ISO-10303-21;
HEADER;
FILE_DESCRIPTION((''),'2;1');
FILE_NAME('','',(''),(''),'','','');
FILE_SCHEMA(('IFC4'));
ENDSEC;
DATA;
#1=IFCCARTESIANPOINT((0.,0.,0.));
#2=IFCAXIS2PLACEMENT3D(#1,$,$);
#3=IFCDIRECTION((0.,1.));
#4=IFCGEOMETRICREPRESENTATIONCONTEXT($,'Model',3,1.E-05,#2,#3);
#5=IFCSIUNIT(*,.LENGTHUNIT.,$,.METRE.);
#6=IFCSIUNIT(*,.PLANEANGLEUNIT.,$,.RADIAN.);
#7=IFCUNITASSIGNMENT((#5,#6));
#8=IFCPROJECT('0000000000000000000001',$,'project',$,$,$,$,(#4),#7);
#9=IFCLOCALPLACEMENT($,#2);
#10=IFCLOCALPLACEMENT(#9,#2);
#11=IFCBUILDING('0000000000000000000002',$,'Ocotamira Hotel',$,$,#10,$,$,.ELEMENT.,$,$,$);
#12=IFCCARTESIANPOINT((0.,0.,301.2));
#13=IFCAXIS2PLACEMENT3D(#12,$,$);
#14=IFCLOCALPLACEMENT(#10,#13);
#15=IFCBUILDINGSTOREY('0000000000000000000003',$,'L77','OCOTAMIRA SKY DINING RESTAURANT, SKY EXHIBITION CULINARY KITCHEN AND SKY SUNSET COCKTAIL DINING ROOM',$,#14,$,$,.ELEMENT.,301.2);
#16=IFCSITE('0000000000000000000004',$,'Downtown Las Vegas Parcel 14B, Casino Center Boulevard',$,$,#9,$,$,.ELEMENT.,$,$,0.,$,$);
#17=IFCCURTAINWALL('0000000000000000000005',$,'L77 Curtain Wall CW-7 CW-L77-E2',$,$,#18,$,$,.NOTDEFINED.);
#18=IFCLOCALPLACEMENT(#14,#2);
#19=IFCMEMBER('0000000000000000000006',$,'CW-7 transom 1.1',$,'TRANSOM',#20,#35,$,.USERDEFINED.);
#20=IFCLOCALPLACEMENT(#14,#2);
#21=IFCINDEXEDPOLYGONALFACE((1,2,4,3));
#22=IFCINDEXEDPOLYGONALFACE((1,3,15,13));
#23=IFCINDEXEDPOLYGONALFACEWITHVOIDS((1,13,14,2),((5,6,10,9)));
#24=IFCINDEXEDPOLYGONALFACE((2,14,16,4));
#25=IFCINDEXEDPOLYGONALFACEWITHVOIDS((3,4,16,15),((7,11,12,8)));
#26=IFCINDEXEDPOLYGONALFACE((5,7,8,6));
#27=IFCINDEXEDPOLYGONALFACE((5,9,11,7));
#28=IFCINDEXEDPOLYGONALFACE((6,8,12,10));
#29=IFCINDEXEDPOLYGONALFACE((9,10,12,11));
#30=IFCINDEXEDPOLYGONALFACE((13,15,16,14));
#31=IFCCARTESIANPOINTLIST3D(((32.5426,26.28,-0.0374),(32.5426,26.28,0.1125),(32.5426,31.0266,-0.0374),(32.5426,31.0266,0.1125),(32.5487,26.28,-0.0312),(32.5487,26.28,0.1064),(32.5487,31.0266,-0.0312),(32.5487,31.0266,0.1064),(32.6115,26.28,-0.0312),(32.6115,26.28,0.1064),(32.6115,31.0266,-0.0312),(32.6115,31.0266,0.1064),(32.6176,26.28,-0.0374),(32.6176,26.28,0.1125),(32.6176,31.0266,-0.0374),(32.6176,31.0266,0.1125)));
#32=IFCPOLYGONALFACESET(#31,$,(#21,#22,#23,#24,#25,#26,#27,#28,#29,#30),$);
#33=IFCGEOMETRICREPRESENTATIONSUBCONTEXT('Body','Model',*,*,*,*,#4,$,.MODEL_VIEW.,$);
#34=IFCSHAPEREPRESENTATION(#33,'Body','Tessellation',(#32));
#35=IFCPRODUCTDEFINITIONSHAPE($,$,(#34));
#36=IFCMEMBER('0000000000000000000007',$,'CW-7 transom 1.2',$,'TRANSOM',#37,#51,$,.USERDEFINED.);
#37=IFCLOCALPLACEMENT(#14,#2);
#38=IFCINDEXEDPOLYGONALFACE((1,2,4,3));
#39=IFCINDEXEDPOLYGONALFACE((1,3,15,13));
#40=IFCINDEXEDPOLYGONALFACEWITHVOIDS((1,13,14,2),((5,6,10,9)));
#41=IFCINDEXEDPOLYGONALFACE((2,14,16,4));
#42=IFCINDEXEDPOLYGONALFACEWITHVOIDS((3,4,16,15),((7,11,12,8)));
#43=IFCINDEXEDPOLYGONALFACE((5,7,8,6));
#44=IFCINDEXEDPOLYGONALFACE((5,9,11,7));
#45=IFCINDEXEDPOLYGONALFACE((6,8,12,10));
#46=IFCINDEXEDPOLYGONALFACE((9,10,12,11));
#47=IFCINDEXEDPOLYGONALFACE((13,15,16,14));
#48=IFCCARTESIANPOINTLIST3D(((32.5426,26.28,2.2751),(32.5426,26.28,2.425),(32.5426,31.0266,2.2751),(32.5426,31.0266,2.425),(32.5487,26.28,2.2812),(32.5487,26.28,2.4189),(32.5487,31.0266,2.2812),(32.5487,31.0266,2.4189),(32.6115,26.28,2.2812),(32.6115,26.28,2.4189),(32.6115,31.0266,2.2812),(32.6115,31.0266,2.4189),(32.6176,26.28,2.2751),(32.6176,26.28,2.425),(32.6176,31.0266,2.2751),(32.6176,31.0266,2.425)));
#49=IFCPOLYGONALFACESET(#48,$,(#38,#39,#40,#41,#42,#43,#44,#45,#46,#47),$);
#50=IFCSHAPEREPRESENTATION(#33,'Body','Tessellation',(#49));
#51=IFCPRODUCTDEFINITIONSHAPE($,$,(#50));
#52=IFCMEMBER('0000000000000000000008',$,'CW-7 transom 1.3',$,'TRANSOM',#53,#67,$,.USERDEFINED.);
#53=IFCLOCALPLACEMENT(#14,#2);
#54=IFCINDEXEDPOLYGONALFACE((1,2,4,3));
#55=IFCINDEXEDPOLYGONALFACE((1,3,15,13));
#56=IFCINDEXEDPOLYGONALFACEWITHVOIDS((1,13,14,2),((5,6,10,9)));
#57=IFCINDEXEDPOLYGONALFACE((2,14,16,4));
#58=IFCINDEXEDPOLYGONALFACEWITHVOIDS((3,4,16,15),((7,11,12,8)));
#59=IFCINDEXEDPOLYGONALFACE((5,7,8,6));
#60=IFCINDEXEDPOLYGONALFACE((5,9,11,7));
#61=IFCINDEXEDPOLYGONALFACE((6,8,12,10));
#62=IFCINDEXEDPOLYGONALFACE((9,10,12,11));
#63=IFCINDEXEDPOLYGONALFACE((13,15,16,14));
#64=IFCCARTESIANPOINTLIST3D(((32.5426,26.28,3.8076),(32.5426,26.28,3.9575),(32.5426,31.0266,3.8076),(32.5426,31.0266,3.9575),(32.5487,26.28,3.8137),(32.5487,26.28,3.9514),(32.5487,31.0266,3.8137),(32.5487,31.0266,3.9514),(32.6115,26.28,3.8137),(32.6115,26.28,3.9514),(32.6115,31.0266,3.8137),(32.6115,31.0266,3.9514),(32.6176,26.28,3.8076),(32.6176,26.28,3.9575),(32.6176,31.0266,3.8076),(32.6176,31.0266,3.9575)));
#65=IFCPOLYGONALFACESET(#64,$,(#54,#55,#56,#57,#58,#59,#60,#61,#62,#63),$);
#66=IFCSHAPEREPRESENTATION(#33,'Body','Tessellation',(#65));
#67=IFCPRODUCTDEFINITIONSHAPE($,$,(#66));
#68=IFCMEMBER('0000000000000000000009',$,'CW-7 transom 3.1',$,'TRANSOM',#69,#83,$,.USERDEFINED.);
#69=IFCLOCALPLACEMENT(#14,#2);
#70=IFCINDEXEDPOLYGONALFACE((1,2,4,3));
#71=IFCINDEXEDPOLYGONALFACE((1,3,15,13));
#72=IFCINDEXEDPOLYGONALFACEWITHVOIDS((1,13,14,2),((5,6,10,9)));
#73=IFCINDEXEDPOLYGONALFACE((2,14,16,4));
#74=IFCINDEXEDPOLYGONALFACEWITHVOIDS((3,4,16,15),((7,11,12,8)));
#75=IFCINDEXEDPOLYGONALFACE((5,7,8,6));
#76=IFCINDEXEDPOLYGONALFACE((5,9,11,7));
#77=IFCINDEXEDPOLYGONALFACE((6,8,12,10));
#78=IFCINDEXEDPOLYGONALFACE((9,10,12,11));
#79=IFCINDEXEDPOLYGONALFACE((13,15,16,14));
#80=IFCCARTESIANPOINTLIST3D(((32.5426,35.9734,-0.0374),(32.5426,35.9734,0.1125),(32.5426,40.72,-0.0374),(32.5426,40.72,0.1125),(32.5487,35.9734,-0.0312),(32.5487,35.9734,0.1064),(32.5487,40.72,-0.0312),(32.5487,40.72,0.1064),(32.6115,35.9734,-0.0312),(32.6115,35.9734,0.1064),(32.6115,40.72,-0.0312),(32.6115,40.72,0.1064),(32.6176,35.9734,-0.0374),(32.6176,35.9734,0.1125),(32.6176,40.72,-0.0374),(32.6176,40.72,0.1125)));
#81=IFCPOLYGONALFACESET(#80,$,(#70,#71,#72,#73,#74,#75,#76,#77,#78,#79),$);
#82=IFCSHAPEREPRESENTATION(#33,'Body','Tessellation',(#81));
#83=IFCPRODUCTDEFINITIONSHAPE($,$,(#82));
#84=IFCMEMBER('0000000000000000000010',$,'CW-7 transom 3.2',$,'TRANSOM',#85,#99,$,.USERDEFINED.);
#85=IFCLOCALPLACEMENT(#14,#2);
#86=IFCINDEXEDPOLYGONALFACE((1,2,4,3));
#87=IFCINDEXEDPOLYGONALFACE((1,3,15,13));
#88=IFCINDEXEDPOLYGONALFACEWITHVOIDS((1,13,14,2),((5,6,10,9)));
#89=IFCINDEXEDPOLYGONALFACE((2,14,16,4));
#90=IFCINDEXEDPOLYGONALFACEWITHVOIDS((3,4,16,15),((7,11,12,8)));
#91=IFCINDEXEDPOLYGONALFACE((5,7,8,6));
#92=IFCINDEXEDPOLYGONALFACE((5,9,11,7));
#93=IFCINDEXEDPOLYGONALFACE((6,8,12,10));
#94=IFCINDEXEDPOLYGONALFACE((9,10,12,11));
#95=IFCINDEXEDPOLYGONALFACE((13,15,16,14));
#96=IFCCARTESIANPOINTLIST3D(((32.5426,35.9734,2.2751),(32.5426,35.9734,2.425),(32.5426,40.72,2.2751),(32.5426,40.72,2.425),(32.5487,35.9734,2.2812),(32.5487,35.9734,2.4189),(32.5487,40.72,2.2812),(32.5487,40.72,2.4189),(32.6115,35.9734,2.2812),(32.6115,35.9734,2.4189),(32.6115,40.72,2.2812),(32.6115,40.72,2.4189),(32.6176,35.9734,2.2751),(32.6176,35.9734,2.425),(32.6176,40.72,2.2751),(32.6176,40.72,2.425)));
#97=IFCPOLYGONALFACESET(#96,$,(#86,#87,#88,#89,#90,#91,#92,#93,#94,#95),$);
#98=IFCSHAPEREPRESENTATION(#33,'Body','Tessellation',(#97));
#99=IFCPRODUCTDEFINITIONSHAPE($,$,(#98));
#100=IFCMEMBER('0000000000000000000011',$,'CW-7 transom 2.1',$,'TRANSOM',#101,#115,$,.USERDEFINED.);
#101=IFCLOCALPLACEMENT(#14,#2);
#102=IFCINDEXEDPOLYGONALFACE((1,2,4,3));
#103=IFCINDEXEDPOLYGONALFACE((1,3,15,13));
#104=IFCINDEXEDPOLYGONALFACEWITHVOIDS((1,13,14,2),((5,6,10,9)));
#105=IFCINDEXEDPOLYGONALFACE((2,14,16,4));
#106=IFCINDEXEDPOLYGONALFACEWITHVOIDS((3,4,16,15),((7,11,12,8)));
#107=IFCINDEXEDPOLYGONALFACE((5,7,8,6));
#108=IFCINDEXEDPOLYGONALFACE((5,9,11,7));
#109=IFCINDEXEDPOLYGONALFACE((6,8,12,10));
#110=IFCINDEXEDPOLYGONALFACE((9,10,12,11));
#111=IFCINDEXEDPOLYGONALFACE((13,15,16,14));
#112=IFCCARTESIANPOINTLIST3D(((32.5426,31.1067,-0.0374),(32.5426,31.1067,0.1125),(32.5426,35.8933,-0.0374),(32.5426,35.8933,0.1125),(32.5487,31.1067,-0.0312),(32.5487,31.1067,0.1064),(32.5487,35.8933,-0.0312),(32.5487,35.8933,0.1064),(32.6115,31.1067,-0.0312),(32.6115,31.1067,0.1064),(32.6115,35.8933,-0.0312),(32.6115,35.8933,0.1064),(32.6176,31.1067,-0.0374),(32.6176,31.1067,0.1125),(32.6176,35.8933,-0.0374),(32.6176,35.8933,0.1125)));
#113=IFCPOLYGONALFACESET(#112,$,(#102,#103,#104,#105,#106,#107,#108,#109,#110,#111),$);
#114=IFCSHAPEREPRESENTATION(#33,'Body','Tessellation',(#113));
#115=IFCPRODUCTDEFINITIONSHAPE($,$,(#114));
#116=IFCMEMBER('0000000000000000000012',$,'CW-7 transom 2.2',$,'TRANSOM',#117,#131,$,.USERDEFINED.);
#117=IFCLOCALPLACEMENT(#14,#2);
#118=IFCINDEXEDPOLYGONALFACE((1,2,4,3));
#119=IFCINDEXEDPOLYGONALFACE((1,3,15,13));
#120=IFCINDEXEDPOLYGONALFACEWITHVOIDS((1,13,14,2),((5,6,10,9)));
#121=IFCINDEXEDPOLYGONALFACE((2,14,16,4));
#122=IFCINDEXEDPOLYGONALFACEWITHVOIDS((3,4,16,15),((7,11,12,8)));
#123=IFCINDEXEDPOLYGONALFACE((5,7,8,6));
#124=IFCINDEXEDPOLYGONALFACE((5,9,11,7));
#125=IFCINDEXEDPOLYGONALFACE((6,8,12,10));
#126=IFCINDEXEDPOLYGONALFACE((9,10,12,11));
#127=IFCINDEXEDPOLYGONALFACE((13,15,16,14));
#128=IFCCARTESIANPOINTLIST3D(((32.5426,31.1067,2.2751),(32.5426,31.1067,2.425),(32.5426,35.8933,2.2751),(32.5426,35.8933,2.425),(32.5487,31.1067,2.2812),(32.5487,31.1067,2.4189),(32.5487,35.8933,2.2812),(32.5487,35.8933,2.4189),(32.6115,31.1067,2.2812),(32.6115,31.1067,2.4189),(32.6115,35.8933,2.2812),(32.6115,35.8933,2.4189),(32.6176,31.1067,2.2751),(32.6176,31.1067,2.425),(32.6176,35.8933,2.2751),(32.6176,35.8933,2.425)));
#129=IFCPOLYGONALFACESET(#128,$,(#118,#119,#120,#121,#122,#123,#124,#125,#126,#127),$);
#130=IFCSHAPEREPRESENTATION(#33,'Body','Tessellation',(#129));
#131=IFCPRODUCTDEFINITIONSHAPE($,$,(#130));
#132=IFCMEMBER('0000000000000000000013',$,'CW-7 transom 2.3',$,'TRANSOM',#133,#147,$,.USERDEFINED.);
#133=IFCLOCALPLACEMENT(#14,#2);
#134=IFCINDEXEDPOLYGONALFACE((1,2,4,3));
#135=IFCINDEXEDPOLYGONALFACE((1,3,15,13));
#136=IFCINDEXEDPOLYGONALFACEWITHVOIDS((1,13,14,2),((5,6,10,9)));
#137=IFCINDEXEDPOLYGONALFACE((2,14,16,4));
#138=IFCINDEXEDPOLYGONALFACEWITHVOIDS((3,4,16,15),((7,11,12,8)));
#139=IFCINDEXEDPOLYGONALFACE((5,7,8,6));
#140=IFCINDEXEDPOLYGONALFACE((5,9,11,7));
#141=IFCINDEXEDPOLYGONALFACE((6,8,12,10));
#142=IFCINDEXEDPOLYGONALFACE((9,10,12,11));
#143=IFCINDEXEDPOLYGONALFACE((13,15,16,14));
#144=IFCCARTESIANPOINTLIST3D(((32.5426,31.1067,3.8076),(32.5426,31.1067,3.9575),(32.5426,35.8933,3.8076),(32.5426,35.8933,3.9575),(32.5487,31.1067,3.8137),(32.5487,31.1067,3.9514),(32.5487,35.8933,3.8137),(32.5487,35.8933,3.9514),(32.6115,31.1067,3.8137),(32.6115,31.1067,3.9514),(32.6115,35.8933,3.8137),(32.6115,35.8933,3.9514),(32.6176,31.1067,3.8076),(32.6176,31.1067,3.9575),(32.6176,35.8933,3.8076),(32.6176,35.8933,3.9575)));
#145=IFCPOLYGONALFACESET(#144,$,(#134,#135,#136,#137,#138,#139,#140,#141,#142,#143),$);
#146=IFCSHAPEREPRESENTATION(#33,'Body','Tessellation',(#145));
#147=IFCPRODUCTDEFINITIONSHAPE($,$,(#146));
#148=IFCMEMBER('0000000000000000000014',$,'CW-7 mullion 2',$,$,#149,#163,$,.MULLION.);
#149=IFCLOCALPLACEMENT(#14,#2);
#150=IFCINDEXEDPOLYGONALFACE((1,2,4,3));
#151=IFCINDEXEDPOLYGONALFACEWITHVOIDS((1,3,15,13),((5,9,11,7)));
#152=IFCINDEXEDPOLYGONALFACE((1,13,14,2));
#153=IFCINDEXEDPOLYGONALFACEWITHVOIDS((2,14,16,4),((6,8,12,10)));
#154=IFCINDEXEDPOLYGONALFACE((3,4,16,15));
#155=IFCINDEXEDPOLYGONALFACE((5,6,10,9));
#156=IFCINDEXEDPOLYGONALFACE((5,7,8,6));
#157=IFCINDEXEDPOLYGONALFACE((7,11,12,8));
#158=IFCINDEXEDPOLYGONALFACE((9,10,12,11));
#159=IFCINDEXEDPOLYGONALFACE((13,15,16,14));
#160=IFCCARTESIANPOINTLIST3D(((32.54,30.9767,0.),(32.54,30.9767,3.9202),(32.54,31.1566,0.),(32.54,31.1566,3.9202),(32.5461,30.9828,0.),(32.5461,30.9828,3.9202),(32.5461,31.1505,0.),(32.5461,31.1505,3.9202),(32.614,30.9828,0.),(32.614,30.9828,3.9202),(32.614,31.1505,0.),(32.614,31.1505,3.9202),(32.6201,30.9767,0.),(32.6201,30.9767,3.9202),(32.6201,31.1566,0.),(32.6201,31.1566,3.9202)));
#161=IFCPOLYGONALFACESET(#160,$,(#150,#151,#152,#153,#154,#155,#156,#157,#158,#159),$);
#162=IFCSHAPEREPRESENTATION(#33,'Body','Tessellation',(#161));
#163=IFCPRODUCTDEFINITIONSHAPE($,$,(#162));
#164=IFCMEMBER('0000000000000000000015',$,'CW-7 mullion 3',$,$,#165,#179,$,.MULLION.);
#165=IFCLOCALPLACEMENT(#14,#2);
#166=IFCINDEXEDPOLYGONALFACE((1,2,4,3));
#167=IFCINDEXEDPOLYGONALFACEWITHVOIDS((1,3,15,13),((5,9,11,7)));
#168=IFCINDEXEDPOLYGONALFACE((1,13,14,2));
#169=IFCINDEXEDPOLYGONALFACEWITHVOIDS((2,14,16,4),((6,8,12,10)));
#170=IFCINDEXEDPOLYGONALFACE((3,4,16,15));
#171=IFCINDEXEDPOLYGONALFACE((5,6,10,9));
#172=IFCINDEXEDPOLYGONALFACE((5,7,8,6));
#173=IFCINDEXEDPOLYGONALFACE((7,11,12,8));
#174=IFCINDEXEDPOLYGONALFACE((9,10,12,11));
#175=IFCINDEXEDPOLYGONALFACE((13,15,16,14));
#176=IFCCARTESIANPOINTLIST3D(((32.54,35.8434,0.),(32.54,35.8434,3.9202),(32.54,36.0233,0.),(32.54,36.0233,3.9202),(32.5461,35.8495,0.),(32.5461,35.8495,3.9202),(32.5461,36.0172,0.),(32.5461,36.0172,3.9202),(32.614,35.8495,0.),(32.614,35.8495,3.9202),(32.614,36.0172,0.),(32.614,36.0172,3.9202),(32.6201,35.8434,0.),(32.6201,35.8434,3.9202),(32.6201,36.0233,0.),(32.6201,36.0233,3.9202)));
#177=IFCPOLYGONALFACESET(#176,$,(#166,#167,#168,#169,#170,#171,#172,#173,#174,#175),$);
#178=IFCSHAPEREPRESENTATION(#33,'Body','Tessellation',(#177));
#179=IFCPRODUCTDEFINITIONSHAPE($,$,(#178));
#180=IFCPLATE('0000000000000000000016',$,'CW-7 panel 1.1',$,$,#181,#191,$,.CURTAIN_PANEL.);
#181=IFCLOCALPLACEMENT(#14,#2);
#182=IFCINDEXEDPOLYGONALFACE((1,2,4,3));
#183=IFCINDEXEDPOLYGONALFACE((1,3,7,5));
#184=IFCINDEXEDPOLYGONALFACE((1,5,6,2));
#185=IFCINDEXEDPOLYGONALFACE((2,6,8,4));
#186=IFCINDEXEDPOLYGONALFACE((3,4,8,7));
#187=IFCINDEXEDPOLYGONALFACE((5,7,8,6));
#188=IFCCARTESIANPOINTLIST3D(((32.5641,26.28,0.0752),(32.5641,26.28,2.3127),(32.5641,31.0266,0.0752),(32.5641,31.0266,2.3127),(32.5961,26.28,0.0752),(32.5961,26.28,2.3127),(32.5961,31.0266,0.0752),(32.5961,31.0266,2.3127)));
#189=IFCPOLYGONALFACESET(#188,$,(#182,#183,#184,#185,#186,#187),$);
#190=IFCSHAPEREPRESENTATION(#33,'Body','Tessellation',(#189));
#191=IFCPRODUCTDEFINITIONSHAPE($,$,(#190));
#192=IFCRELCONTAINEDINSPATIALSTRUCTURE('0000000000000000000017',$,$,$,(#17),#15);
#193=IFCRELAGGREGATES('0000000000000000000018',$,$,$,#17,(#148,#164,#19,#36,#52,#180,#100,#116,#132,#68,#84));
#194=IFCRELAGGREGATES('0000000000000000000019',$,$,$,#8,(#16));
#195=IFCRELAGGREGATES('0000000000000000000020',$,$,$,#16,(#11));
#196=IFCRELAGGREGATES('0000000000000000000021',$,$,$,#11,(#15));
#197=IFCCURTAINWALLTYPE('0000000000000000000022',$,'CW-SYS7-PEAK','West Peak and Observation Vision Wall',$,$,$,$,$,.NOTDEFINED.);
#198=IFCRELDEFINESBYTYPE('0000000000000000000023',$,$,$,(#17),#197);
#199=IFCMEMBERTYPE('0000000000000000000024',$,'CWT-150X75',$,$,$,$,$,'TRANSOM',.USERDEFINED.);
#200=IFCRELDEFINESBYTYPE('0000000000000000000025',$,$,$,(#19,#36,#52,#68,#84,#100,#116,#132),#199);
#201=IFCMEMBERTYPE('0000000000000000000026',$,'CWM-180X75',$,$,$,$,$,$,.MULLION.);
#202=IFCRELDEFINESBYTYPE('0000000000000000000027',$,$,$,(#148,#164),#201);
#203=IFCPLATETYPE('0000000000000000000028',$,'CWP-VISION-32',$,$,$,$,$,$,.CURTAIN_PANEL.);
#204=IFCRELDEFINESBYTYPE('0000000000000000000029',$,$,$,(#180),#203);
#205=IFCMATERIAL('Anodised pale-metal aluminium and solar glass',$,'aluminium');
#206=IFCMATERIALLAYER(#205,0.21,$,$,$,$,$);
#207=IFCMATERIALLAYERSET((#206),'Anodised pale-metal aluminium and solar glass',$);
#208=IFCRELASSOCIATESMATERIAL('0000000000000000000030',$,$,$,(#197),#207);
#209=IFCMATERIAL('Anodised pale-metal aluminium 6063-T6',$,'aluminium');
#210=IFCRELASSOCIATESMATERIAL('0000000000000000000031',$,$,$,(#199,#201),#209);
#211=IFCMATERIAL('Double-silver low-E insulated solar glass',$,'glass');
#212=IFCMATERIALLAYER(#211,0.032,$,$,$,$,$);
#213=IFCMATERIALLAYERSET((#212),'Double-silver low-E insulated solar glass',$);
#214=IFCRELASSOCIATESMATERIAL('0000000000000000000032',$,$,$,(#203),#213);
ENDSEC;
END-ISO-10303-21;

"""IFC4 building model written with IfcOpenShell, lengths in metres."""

from ifc_helpers import new_model, si_unit, direction, frame, origin, origin_2d, place, context, subcontext, project, spatial, rectangle, hollow_rectangle, extrude, source, transform, mapped, material, layer, layer_set, material_profile, profile_set, type_object, element, aggregate, save


model = new_model("IFC4")

# Units and contexts
model_context = context("Model", 3, precision=1e-05, world=origin(), true_north=direction((0.0, 1.0)))
body_context = subcontext(model_context, "Body", "Model", "MODEL_VIEW")
ifc_project = project(units=[si_unit("LENGTHUNIT", "METRE"), si_unit("PLANEANGLEUNIT", "RADIAN")], contexts=[model_context])

# Site, building, storey
site_placement = place(None, origin())
site = spatial("IfcSite", under=ifc_project, at=site_placement, Name="Downtown Las Vegas Parcel 14B, Casino Center Boulevard", CompositionType="ELEMENT", RefElevation=0.0)
building_placement = place(site_placement, origin())
building = spatial("IfcBuilding", under=site, at=building_placement, Name="Ocotamira Hotel", CompositionType="ELEMENT")
storey_placement = place(building_placement, frame((0.0, 0.0, 301.2)))
storey = spatial("IfcBuildingStorey", under=building, at=storey_placement, Name="L77", Description="OCOTAMIRA SKY DINING RESTAURANT, SKY EXHIBITION CULINARY KITCHEN AND SKY SUNSET COCKTAIL DINING ROOM", CompositionType="ELEMENT", Elevation=301.2)

# Curtain wall, members, plate
ifc_material_1 = material(Name="Anodised pale-metal aluminium and solar glass", Category="aluminium")
ifc_layer_1 = layer(ifc_material_1, 0.21)
ifc_layer_set_1 = layer_set([ifc_layer_1], Name="Anodised pale-metal aluminium and solar glass")
curtain_wall_type = type_object("IfcCurtainWallType", Name="CW-SYS7-PEAK", Description="West Peak and Observation Vision Wall", PredefinedType="NOTDEFINED", material=ifc_layer_set_1)
curtain_wall_placement = place(storey_placement, origin())
curtain_wall = element("IfcCurtainWall", 1, at=curtain_wall_placement, inside=storey, type_object=curtain_wall_type, Name="L77 Curtain Wall CW-7 CW-L77-E2", PredefinedType="NOTDEFINED")
ifc_material_2 = material(Name="Anodised pale-metal aluminium 6063-T6", Category="aluminium")
ifc_material_profile_1 = material_profile(ifc_material_2, hollow_rectangle(XDim=0.075, YDim=0.1499, WallThickness=0.0061, at=origin_2d()), Name="HSS150X75X6")
ifc_profile_set_1 = profile_set([ifc_material_profile_1], Name="Anodised pale-metal aluminium 6063-T6")
member_type_1 = type_object("IfcMemberType", Name="CWT-150X75", ElementType="TRANSOM", PredefinedType="USERDEFINED", material=ifc_profile_set_1)
shared_shape_1 = source(origin(), body_context, "Body", "SweptSolid", [
    extrude(hollow_rectangle(XDim=0.075, YDim=0.1499, WallThickness=0.0061, at=origin_2d()), origin(), (0.0, 0.0, 1.0), 4.7466),
])
member_1_placement = place(storey_placement, frame((32.5801, 26.28, 0.0376), z_axis=(0.0, 1.0, 0.0), x_axis=(-1.0, 0.0, 0.0)))
member_1 = element("IfcMember", 2, at=member_1_placement, type_object=member_type_1, Name="CW-7 transom 1.1", ObjectType="TRANSOM", PredefinedType="USERDEFINED", context=body_context, shape_type="MappedRepresentation", body=[
    mapped(shared_shape_1, transform((0.0, 0.0, 0.0), scale=1.0)),
])
member_2_placement = place(storey_placement, frame((32.5801, 26.28, 2.3501), z_axis=(0.0, 1.0, 0.0), x_axis=(-1.0, 0.0, 0.0)))
member_2 = element("IfcMember", 3, at=member_2_placement, type_object=member_type_1, Name="CW-7 transom 1.2", ObjectType="TRANSOM", PredefinedType="USERDEFINED", context=body_context, shape_type="MappedRepresentation", body=[
    mapped(shared_shape_1, transform((0.0, 0.0, 0.0), scale=1.0)),
])
member_3_placement = place(storey_placement, frame((32.5801, 26.28, 3.8826), z_axis=(0.0, 1.0, 0.0), x_axis=(-1.0, 0.0, 0.0)))
member_3 = element("IfcMember", 4, at=member_3_placement, type_object=member_type_1, Name="CW-7 transom 1.3", ObjectType="TRANSOM", PredefinedType="USERDEFINED", context=body_context, shape_type="MappedRepresentation", body=[
    mapped(shared_shape_1, transform((0.0, 0.0, 0.0), scale=1.0)),
])
member_4_placement = place(storey_placement, frame((32.5801, 35.9734, 0.0376), z_axis=(0.0, 1.0, 0.0), x_axis=(-1.0, 0.0, 0.0)))
member_4 = element("IfcMember", 5, at=member_4_placement, type_object=member_type_1, Name="CW-7 transom 3.1", ObjectType="TRANSOM", PredefinedType="USERDEFINED", context=body_context, shape_type="MappedRepresentation", body=[
    mapped(shared_shape_1, transform((0.0, 0.0, 0.0), scale=1.0)),
])
member_5_placement = place(storey_placement, frame((32.5801, 35.9734, 2.3501), z_axis=(0.0, 1.0, 0.0), x_axis=(-1.0, 0.0, 0.0)))
member_5 = element("IfcMember", 6, at=member_5_placement, type_object=member_type_1, Name="CW-7 transom 3.2", ObjectType="TRANSOM", PredefinedType="USERDEFINED", context=body_context, shape_type="MappedRepresentation", body=[
    mapped(shared_shape_1, transform((0.0, 0.0, 0.0), scale=1.0)),
])
shared_shape_2 = source(origin(), body_context, "Body", "SweptSolid", [
    extrude(hollow_rectangle(XDim=0.075, YDim=0.1499, WallThickness=0.0061, at=origin_2d()), origin(), (0.0, 0.0, 1.0), 4.7866),
])
member_6_placement = place(storey_placement, frame((32.5801, 31.1067, 0.0376), z_axis=(0.0, 1.0, 0.0), x_axis=(-1.0, 0.0, 0.0)))
member_6 = element("IfcMember", 7, at=member_6_placement, type_object=member_type_1, Name="CW-7 transom 2.1", ObjectType="TRANSOM", PredefinedType="USERDEFINED", context=body_context, shape_type="MappedRepresentation", body=[
    mapped(shared_shape_2, transform((0.0, 0.0, 0.0), scale=1.0)),
])
member_7_placement = place(storey_placement, frame((32.5801, 31.1067, 2.3501), z_axis=(0.0, 1.0, 0.0), x_axis=(-1.0, 0.0, 0.0)))
member_7 = element("IfcMember", 8, at=member_7_placement, type_object=member_type_1, Name="CW-7 transom 2.2", ObjectType="TRANSOM", PredefinedType="USERDEFINED", context=body_context, shape_type="MappedRepresentation", body=[
    mapped(shared_shape_2, transform((0.0, 0.0, 0.0), scale=1.0)),
])
member_8_placement = place(storey_placement, frame((32.5801, 31.1067, 3.8826), z_axis=(0.0, 1.0, 0.0), x_axis=(-1.0, 0.0, 0.0)))
member_8 = element("IfcMember", 9, at=member_8_placement, type_object=member_type_1, Name="CW-7 transom 2.3", ObjectType="TRANSOM", PredefinedType="USERDEFINED", context=body_context, shape_type="MappedRepresentation", body=[
    mapped(shared_shape_2, transform((0.0, 0.0, 0.0), scale=1.0)),
])
ifc_material_profile_2 = material_profile(ifc_material_2, hollow_rectangle(XDim=0.0801, YDim=0.1799, WallThickness=0.0061, at=origin_2d()), Name="HSS180X80X6")
ifc_profile_set_2 = profile_set([ifc_material_profile_2], Name="Anodised pale-metal aluminium 6063-T6")
member_type_2 = type_object("IfcMemberType", Name="CWM-180X75", PredefinedType="MULLION", material=ifc_profile_set_2)
shared_shape_3 = source(origin(), body_context, "Body", "SweptSolid", [
    extrude(hollow_rectangle(XDim=0.0801, YDim=0.1799, WallThickness=0.0061, at=origin_2d()), origin(), (0.0, 0.0, 1.0), 3.9202),
])
member_9_placement = place(storey_placement, frame((32.5801, 31.0667, 0.0), z_axis=(0.0, 0.0, 1.0), x_axis=(-1.0, 0.0, 0.0)))
member_9 = element("IfcMember", 10, at=member_9_placement, type_object=member_type_2, Name="CW-7 mullion 2", PredefinedType="MULLION", context=body_context, shape_type="MappedRepresentation", body=[
    mapped(shared_shape_3, transform((0.0, 0.0, 0.0), scale=1.0)),
])
member_10_placement = place(storey_placement, frame((32.5801, 35.9333, 0.0), z_axis=(0.0, 0.0, 1.0), x_axis=(-1.0, 0.0, 0.0)))
member_10 = element("IfcMember", 11, at=member_10_placement, type_object=member_type_2, Name="CW-7 mullion 3", PredefinedType="MULLION", context=body_context, shape_type="MappedRepresentation", body=[
    mapped(shared_shape_3, transform((0.0, 0.0, 0.0), scale=1.0)),
])
ifc_material_3 = material(Name="Double-silver low-E insulated solar glass", Category="glass")
ifc_layer_2 = layer(ifc_material_3, 0.032)
ifc_layer_set_2 = layer_set([ifc_layer_2], Name="Double-silver low-E insulated solar glass")
plate_type = type_object("IfcPlateType", Name="CWP-VISION-32", PredefinedType="CURTAIN_PANEL", material=ifc_layer_set_2)
shared_shape_4 = source(origin(), body_context, "Body", "SweptSolid", [
    extrude(rectangle(XDim=4.7466, YDim=0.032, at=origin_2d()), origin(), (0.0, 0.0, 1.0), 2.2375),
])
plate_1_placement = place(storey_placement, frame((32.5801, 28.6533, 0.0752), z_axis=(0.0, 0.0, 1.0), x_axis=(0.0, 1.0, 0.0)))
plate_1 = element("IfcPlate", 12, at=plate_1_placement, type_object=plate_type, Name="CW-7 panel 1.1", PredefinedType="CURTAIN_PANEL", context=body_context, shape_type="MappedRepresentation", body=[
    mapped(shared_shape_4, transform((0.0, 0.0, 0.0), scale=1.0)),
])
aggregate(curtain_wall, [member_9, member_10, member_1, member_2, member_3, plate_1, member_6, member_7, member_8, member_4, member_5])

save(model, "model.ifc")
